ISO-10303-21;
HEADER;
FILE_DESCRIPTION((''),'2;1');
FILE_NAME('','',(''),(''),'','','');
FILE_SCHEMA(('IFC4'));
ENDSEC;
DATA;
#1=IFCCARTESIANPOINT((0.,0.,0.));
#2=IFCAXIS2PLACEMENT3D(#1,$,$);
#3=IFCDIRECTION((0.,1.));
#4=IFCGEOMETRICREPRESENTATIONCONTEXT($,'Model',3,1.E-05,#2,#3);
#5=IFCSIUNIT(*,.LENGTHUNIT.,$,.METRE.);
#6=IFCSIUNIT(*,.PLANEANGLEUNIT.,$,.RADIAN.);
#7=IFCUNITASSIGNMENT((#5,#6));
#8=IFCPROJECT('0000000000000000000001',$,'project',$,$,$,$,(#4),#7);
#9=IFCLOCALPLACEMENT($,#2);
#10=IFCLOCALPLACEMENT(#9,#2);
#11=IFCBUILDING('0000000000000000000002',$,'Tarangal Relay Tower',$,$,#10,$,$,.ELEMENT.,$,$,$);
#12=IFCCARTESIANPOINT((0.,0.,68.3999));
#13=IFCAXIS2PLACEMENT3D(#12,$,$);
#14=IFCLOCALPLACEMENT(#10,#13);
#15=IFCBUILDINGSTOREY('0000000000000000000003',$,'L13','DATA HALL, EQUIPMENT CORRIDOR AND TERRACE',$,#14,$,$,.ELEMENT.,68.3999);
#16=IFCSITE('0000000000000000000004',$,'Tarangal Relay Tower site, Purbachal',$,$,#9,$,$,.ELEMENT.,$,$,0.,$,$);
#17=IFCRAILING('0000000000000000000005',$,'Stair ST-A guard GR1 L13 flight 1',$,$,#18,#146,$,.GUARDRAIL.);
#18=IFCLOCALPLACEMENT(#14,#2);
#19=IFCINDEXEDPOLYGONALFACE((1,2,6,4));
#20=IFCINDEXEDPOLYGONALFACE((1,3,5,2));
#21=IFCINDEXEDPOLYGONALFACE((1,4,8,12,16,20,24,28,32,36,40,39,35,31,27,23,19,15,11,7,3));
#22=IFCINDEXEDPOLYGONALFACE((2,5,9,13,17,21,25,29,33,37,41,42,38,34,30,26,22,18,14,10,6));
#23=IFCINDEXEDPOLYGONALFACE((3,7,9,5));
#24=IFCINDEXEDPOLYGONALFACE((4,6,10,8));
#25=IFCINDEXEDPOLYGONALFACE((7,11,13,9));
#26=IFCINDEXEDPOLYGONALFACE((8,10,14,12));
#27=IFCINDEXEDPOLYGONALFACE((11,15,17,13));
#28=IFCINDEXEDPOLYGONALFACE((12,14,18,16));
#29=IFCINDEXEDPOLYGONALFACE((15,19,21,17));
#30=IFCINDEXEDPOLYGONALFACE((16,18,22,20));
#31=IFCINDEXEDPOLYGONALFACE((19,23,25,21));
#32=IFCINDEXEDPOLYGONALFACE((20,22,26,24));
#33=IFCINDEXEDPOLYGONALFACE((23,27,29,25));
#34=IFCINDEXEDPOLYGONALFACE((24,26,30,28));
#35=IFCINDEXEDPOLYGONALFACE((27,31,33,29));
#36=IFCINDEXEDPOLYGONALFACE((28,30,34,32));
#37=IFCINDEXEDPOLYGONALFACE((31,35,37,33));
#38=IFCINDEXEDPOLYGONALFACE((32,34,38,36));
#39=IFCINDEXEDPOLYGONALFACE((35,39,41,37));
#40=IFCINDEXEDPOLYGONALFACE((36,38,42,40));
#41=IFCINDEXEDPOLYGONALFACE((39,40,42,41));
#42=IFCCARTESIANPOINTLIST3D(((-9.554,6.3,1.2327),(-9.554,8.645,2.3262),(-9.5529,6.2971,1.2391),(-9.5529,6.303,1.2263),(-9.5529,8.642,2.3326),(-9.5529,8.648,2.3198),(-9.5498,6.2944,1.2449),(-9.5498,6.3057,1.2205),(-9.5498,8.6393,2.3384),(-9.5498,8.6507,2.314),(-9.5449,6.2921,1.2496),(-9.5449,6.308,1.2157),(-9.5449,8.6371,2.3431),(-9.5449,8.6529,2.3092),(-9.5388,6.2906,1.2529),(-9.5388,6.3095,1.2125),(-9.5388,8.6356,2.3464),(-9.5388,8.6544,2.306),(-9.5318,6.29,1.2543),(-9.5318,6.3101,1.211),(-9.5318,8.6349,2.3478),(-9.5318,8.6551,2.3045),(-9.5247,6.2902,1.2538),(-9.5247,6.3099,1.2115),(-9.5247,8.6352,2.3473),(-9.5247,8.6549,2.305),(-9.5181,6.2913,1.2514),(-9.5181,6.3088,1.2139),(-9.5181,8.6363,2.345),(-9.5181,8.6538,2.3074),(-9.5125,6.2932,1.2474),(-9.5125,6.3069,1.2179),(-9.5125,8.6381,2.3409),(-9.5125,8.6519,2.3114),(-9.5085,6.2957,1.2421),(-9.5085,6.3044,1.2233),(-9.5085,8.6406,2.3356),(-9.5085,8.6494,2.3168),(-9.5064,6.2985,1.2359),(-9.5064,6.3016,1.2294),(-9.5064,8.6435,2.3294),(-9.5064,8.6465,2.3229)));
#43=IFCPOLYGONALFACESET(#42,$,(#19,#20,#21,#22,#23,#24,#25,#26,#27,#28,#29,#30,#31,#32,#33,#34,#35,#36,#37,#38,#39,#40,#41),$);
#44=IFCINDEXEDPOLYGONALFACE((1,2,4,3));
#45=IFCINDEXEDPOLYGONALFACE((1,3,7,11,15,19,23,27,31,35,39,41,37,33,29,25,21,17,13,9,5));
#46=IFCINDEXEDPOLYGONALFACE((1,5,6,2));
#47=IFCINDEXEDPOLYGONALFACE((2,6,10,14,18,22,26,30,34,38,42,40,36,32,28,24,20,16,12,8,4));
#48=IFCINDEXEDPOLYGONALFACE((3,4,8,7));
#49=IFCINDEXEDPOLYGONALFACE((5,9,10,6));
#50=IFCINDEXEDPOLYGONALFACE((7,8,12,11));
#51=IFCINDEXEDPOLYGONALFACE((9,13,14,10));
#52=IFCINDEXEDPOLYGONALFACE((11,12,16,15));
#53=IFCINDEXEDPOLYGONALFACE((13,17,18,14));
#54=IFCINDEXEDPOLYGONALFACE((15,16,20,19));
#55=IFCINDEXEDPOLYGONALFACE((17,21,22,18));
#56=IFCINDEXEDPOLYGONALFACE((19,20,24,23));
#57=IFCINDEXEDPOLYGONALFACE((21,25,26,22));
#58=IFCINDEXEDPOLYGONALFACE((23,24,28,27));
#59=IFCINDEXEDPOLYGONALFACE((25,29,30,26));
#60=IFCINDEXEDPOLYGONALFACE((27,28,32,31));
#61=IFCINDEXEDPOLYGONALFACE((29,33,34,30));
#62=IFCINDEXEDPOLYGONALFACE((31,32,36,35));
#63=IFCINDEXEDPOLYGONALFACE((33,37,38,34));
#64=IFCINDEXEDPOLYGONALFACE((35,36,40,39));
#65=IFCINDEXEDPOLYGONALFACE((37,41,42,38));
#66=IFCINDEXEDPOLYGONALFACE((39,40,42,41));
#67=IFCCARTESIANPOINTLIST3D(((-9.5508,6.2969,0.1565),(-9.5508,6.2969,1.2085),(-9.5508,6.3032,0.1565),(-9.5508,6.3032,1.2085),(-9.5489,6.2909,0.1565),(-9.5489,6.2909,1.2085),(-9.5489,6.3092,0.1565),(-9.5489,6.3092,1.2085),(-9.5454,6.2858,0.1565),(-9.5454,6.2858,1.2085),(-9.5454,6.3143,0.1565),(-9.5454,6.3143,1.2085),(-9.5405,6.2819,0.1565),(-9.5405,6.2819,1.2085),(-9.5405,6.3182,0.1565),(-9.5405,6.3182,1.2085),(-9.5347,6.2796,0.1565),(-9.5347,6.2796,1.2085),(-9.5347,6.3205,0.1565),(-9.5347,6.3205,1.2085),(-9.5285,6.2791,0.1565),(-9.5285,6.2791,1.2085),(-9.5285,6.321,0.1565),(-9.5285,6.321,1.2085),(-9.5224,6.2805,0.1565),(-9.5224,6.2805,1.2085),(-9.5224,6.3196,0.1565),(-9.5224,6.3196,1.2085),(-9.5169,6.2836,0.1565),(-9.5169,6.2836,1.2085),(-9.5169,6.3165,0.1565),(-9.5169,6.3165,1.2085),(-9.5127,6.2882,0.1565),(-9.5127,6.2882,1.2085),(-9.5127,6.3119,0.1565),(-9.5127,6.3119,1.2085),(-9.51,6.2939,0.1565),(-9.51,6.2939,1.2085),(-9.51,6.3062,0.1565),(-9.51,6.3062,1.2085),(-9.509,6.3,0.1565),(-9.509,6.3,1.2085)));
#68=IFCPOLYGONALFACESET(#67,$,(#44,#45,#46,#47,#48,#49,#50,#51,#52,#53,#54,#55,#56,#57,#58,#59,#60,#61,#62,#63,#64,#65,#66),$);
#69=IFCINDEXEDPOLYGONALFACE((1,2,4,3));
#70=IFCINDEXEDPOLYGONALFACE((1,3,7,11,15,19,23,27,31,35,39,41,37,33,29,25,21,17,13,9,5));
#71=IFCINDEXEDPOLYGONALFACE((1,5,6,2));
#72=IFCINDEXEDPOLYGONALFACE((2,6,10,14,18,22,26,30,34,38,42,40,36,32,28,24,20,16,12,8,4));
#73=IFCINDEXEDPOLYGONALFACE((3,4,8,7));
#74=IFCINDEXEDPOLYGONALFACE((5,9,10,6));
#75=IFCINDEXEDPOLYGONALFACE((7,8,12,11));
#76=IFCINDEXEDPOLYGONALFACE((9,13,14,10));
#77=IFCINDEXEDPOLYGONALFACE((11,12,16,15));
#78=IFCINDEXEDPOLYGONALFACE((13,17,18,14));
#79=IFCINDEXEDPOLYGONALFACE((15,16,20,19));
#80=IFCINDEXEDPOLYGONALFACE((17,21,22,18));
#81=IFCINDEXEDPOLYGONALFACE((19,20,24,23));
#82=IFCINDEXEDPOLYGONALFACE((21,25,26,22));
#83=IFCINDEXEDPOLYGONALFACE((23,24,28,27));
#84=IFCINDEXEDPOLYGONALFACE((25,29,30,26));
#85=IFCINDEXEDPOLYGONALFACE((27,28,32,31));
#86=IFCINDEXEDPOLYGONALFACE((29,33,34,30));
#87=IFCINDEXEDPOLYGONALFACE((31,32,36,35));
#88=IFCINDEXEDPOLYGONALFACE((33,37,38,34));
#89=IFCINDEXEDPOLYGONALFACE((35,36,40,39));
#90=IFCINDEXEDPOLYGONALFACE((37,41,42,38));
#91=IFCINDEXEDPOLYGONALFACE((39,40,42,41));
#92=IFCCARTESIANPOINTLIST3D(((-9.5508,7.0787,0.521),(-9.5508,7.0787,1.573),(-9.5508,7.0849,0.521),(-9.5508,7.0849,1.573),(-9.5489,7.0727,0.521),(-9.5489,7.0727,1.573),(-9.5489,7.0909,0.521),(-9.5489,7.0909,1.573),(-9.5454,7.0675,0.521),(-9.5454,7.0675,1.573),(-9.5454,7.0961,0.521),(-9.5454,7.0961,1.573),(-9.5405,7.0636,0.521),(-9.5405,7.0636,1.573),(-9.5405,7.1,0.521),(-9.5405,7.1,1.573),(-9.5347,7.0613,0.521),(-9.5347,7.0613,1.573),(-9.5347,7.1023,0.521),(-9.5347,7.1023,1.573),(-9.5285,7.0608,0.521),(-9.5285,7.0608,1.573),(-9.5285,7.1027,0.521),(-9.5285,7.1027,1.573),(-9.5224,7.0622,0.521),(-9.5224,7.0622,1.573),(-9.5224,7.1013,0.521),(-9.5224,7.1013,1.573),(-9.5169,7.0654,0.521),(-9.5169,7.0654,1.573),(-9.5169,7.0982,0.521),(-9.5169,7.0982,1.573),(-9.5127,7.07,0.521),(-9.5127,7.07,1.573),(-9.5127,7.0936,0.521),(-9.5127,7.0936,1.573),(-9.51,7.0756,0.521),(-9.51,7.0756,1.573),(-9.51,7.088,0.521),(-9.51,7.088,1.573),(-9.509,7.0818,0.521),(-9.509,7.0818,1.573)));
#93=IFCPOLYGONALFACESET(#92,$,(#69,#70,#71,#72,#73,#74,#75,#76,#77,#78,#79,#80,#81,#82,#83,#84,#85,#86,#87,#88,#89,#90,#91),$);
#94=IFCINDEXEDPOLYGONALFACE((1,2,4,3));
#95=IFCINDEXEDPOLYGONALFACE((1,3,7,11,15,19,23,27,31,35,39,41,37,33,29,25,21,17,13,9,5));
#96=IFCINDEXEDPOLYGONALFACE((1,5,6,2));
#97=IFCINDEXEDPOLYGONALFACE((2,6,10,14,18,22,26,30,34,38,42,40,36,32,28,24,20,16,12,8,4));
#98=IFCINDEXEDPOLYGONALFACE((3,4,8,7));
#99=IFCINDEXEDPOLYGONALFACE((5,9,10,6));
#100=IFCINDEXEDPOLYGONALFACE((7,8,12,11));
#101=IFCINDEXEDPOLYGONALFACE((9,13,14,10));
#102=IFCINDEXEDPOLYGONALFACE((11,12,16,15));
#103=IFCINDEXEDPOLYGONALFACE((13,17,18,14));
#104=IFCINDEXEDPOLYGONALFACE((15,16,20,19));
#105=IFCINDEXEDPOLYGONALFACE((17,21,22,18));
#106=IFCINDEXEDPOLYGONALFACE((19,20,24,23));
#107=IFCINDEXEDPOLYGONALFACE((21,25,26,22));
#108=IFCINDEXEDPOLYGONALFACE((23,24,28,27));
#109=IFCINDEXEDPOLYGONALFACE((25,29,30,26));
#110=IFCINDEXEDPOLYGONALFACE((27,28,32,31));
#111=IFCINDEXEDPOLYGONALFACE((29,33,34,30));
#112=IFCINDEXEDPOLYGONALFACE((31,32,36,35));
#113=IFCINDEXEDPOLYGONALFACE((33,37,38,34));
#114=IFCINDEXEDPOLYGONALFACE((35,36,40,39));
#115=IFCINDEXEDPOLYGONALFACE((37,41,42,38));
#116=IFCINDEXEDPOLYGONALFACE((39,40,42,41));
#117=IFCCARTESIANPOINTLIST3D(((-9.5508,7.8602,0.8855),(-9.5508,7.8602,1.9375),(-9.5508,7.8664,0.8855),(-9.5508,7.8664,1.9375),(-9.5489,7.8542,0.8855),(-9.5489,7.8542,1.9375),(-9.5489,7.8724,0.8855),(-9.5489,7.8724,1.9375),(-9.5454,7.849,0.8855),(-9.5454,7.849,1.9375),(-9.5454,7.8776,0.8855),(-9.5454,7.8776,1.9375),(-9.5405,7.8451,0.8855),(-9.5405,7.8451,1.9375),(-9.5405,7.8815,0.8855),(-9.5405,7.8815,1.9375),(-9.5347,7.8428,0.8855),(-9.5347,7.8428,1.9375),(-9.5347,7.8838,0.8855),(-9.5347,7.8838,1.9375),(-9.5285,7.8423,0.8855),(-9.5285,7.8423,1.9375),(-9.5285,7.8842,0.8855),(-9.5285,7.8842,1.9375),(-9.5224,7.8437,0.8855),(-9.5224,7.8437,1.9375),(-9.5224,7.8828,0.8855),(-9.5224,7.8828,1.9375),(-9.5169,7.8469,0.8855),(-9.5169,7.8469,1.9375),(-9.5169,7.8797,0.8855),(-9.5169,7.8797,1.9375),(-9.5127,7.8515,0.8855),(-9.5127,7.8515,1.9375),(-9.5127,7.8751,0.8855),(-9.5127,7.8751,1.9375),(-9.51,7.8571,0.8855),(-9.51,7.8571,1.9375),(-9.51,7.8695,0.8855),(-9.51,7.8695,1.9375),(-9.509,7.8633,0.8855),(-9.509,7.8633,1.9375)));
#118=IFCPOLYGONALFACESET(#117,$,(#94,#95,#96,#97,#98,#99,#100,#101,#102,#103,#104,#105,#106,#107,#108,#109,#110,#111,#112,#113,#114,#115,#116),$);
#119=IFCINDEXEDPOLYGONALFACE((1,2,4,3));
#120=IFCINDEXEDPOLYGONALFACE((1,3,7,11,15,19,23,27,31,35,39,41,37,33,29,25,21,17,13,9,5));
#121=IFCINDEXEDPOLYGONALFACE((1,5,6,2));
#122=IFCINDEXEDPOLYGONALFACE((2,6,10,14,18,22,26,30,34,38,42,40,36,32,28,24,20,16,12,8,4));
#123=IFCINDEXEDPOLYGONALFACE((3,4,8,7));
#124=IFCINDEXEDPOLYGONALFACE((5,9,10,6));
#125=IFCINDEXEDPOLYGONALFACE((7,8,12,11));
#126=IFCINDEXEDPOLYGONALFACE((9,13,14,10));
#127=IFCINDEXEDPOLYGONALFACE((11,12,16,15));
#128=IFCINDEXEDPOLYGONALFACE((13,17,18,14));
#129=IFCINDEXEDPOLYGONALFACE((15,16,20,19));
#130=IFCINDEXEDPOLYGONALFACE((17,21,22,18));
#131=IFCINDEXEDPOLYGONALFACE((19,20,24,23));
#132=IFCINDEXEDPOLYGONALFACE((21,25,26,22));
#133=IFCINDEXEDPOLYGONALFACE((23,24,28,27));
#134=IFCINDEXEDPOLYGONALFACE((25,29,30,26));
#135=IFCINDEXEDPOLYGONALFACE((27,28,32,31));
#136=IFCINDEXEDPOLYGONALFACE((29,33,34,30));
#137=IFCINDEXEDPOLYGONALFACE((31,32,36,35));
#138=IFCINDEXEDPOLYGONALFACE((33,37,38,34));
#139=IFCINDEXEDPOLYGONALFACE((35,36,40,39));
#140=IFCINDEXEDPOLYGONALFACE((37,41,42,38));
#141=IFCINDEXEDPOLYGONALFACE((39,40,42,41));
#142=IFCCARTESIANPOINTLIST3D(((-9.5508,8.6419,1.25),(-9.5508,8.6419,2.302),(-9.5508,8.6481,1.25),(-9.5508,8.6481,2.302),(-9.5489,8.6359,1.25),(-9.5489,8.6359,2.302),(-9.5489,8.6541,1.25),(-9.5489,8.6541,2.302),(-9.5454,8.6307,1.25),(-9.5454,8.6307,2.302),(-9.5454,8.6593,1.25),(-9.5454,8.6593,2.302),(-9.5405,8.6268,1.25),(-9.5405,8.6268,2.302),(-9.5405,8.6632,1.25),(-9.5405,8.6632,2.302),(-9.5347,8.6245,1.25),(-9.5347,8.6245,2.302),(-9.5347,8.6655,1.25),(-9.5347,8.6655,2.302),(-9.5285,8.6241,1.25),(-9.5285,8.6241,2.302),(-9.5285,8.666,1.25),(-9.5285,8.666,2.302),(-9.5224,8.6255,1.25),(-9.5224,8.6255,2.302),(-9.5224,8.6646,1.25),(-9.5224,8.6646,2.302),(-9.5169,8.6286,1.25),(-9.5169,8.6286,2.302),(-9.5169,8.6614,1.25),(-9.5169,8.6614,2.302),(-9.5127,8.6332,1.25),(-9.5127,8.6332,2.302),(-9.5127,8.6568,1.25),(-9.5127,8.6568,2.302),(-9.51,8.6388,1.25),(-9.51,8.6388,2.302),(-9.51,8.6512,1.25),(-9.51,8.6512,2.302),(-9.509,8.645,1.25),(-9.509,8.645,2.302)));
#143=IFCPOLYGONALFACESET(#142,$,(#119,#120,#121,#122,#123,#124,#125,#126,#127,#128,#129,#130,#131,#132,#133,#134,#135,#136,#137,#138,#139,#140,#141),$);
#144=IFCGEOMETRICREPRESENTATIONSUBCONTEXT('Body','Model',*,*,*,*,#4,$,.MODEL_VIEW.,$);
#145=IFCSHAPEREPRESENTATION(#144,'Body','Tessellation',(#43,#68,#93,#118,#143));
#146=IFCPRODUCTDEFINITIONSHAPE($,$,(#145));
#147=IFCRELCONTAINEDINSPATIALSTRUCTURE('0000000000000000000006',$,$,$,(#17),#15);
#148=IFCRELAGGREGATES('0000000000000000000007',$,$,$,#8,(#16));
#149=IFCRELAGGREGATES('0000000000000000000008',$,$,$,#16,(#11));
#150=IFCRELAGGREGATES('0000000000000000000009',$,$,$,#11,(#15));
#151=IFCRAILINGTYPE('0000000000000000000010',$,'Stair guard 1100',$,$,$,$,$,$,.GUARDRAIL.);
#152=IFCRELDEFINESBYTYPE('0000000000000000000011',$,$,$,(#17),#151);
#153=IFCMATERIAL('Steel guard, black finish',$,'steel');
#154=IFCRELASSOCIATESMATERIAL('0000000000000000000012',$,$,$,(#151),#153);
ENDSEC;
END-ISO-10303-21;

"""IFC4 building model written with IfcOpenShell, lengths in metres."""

from ifc_helpers import new_model, si_unit, direction, frame, origin, origin_2d, place, context, subcontext, project, spatial, circle, extrude, material, type_object, element, save


model = new_model("IFC4")

# Units and contexts
model_context = context("Model", 3, precision=1e-05, world=origin(), true_north=direction((0.0, 1.0)))
body_context = subcontext(model_context, "Body", "Model", "MODEL_VIEW")
ifc_project = project(units=[si_unit("LENGTHUNIT", "METRE"), si_unit("PLANEANGLEUNIT", "RADIAN")], contexts=[model_context])

# Site, building, storey
site_placement = place(None, origin())
site = spatial("IfcSite", under=ifc_project, at=site_placement, Name="Tarangal Relay Tower site, Purbachal", CompositionType="ELEMENT", RefElevation=0.0)
building_placement = place(site_placement, origin())
building = spatial("IfcBuilding", under=site, at=building_placement, Name="Tarangal Relay Tower", CompositionType="ELEMENT")
storey_placement = place(building_placement, frame((0.0, 0.0, 68.3999)))
storey = spatial("IfcBuildingStorey", under=building, at=storey_placement, Name="L13", Description="DATA HALL, EQUIPMENT CORRIDOR AND TERRACE", CompositionType="ELEMENT", Elevation=68.3999)

# Railing
ifc_material_1 = material(Name="Steel guard, black finish", Category="steel")
railing_type_1 = type_object("IfcRailingType", Name="Stair guard 1100", PredefinedType="GUARDRAIL", material=ifc_material_1)
railing_placement = place(storey_placement, frame((-9.53, 6.3, 0.1565)))
element("IfcRailing", 1, at=railing_placement, inside=storey, type_object=railing_type_1, Name="Stair ST-A guard GR1 L13 flight 1", PredefinedType="GUARDRAIL", context=body_context, shape_type="SweptSolid", body=[
    extrude(circle(Radius=0.0239, at=origin_2d()), frame((0.0, 0.0, 1.0762), z_axis=(0.0, 0.906304, 0.422627), x_axis=(-1.0, 0.0, 0.0)), (0.0, 0.0, 1.0), 2.5874),
    extrude(circle(Radius=0.021, at=origin_2d()), origin(), (0.0, 0.0, 1.0), 1.052),
    extrude(circle(Radius=0.021, at=origin_2d()), frame((0.0, 0.7817, 0.3645)), (0.0, 0.0, 1.0), 1.052),
    extrude(circle(Radius=0.021, at=origin_2d()), frame((0.0, 1.5632, 0.729)), (0.0, 0.0, 1.0), 1.052),
    extrude(circle(Radius=0.021, at=origin_2d()), frame((0.0, 2.345, 1.0935)), (0.0, 0.0, 1.0), 1.052),
])

save(model, "model.ifc")
